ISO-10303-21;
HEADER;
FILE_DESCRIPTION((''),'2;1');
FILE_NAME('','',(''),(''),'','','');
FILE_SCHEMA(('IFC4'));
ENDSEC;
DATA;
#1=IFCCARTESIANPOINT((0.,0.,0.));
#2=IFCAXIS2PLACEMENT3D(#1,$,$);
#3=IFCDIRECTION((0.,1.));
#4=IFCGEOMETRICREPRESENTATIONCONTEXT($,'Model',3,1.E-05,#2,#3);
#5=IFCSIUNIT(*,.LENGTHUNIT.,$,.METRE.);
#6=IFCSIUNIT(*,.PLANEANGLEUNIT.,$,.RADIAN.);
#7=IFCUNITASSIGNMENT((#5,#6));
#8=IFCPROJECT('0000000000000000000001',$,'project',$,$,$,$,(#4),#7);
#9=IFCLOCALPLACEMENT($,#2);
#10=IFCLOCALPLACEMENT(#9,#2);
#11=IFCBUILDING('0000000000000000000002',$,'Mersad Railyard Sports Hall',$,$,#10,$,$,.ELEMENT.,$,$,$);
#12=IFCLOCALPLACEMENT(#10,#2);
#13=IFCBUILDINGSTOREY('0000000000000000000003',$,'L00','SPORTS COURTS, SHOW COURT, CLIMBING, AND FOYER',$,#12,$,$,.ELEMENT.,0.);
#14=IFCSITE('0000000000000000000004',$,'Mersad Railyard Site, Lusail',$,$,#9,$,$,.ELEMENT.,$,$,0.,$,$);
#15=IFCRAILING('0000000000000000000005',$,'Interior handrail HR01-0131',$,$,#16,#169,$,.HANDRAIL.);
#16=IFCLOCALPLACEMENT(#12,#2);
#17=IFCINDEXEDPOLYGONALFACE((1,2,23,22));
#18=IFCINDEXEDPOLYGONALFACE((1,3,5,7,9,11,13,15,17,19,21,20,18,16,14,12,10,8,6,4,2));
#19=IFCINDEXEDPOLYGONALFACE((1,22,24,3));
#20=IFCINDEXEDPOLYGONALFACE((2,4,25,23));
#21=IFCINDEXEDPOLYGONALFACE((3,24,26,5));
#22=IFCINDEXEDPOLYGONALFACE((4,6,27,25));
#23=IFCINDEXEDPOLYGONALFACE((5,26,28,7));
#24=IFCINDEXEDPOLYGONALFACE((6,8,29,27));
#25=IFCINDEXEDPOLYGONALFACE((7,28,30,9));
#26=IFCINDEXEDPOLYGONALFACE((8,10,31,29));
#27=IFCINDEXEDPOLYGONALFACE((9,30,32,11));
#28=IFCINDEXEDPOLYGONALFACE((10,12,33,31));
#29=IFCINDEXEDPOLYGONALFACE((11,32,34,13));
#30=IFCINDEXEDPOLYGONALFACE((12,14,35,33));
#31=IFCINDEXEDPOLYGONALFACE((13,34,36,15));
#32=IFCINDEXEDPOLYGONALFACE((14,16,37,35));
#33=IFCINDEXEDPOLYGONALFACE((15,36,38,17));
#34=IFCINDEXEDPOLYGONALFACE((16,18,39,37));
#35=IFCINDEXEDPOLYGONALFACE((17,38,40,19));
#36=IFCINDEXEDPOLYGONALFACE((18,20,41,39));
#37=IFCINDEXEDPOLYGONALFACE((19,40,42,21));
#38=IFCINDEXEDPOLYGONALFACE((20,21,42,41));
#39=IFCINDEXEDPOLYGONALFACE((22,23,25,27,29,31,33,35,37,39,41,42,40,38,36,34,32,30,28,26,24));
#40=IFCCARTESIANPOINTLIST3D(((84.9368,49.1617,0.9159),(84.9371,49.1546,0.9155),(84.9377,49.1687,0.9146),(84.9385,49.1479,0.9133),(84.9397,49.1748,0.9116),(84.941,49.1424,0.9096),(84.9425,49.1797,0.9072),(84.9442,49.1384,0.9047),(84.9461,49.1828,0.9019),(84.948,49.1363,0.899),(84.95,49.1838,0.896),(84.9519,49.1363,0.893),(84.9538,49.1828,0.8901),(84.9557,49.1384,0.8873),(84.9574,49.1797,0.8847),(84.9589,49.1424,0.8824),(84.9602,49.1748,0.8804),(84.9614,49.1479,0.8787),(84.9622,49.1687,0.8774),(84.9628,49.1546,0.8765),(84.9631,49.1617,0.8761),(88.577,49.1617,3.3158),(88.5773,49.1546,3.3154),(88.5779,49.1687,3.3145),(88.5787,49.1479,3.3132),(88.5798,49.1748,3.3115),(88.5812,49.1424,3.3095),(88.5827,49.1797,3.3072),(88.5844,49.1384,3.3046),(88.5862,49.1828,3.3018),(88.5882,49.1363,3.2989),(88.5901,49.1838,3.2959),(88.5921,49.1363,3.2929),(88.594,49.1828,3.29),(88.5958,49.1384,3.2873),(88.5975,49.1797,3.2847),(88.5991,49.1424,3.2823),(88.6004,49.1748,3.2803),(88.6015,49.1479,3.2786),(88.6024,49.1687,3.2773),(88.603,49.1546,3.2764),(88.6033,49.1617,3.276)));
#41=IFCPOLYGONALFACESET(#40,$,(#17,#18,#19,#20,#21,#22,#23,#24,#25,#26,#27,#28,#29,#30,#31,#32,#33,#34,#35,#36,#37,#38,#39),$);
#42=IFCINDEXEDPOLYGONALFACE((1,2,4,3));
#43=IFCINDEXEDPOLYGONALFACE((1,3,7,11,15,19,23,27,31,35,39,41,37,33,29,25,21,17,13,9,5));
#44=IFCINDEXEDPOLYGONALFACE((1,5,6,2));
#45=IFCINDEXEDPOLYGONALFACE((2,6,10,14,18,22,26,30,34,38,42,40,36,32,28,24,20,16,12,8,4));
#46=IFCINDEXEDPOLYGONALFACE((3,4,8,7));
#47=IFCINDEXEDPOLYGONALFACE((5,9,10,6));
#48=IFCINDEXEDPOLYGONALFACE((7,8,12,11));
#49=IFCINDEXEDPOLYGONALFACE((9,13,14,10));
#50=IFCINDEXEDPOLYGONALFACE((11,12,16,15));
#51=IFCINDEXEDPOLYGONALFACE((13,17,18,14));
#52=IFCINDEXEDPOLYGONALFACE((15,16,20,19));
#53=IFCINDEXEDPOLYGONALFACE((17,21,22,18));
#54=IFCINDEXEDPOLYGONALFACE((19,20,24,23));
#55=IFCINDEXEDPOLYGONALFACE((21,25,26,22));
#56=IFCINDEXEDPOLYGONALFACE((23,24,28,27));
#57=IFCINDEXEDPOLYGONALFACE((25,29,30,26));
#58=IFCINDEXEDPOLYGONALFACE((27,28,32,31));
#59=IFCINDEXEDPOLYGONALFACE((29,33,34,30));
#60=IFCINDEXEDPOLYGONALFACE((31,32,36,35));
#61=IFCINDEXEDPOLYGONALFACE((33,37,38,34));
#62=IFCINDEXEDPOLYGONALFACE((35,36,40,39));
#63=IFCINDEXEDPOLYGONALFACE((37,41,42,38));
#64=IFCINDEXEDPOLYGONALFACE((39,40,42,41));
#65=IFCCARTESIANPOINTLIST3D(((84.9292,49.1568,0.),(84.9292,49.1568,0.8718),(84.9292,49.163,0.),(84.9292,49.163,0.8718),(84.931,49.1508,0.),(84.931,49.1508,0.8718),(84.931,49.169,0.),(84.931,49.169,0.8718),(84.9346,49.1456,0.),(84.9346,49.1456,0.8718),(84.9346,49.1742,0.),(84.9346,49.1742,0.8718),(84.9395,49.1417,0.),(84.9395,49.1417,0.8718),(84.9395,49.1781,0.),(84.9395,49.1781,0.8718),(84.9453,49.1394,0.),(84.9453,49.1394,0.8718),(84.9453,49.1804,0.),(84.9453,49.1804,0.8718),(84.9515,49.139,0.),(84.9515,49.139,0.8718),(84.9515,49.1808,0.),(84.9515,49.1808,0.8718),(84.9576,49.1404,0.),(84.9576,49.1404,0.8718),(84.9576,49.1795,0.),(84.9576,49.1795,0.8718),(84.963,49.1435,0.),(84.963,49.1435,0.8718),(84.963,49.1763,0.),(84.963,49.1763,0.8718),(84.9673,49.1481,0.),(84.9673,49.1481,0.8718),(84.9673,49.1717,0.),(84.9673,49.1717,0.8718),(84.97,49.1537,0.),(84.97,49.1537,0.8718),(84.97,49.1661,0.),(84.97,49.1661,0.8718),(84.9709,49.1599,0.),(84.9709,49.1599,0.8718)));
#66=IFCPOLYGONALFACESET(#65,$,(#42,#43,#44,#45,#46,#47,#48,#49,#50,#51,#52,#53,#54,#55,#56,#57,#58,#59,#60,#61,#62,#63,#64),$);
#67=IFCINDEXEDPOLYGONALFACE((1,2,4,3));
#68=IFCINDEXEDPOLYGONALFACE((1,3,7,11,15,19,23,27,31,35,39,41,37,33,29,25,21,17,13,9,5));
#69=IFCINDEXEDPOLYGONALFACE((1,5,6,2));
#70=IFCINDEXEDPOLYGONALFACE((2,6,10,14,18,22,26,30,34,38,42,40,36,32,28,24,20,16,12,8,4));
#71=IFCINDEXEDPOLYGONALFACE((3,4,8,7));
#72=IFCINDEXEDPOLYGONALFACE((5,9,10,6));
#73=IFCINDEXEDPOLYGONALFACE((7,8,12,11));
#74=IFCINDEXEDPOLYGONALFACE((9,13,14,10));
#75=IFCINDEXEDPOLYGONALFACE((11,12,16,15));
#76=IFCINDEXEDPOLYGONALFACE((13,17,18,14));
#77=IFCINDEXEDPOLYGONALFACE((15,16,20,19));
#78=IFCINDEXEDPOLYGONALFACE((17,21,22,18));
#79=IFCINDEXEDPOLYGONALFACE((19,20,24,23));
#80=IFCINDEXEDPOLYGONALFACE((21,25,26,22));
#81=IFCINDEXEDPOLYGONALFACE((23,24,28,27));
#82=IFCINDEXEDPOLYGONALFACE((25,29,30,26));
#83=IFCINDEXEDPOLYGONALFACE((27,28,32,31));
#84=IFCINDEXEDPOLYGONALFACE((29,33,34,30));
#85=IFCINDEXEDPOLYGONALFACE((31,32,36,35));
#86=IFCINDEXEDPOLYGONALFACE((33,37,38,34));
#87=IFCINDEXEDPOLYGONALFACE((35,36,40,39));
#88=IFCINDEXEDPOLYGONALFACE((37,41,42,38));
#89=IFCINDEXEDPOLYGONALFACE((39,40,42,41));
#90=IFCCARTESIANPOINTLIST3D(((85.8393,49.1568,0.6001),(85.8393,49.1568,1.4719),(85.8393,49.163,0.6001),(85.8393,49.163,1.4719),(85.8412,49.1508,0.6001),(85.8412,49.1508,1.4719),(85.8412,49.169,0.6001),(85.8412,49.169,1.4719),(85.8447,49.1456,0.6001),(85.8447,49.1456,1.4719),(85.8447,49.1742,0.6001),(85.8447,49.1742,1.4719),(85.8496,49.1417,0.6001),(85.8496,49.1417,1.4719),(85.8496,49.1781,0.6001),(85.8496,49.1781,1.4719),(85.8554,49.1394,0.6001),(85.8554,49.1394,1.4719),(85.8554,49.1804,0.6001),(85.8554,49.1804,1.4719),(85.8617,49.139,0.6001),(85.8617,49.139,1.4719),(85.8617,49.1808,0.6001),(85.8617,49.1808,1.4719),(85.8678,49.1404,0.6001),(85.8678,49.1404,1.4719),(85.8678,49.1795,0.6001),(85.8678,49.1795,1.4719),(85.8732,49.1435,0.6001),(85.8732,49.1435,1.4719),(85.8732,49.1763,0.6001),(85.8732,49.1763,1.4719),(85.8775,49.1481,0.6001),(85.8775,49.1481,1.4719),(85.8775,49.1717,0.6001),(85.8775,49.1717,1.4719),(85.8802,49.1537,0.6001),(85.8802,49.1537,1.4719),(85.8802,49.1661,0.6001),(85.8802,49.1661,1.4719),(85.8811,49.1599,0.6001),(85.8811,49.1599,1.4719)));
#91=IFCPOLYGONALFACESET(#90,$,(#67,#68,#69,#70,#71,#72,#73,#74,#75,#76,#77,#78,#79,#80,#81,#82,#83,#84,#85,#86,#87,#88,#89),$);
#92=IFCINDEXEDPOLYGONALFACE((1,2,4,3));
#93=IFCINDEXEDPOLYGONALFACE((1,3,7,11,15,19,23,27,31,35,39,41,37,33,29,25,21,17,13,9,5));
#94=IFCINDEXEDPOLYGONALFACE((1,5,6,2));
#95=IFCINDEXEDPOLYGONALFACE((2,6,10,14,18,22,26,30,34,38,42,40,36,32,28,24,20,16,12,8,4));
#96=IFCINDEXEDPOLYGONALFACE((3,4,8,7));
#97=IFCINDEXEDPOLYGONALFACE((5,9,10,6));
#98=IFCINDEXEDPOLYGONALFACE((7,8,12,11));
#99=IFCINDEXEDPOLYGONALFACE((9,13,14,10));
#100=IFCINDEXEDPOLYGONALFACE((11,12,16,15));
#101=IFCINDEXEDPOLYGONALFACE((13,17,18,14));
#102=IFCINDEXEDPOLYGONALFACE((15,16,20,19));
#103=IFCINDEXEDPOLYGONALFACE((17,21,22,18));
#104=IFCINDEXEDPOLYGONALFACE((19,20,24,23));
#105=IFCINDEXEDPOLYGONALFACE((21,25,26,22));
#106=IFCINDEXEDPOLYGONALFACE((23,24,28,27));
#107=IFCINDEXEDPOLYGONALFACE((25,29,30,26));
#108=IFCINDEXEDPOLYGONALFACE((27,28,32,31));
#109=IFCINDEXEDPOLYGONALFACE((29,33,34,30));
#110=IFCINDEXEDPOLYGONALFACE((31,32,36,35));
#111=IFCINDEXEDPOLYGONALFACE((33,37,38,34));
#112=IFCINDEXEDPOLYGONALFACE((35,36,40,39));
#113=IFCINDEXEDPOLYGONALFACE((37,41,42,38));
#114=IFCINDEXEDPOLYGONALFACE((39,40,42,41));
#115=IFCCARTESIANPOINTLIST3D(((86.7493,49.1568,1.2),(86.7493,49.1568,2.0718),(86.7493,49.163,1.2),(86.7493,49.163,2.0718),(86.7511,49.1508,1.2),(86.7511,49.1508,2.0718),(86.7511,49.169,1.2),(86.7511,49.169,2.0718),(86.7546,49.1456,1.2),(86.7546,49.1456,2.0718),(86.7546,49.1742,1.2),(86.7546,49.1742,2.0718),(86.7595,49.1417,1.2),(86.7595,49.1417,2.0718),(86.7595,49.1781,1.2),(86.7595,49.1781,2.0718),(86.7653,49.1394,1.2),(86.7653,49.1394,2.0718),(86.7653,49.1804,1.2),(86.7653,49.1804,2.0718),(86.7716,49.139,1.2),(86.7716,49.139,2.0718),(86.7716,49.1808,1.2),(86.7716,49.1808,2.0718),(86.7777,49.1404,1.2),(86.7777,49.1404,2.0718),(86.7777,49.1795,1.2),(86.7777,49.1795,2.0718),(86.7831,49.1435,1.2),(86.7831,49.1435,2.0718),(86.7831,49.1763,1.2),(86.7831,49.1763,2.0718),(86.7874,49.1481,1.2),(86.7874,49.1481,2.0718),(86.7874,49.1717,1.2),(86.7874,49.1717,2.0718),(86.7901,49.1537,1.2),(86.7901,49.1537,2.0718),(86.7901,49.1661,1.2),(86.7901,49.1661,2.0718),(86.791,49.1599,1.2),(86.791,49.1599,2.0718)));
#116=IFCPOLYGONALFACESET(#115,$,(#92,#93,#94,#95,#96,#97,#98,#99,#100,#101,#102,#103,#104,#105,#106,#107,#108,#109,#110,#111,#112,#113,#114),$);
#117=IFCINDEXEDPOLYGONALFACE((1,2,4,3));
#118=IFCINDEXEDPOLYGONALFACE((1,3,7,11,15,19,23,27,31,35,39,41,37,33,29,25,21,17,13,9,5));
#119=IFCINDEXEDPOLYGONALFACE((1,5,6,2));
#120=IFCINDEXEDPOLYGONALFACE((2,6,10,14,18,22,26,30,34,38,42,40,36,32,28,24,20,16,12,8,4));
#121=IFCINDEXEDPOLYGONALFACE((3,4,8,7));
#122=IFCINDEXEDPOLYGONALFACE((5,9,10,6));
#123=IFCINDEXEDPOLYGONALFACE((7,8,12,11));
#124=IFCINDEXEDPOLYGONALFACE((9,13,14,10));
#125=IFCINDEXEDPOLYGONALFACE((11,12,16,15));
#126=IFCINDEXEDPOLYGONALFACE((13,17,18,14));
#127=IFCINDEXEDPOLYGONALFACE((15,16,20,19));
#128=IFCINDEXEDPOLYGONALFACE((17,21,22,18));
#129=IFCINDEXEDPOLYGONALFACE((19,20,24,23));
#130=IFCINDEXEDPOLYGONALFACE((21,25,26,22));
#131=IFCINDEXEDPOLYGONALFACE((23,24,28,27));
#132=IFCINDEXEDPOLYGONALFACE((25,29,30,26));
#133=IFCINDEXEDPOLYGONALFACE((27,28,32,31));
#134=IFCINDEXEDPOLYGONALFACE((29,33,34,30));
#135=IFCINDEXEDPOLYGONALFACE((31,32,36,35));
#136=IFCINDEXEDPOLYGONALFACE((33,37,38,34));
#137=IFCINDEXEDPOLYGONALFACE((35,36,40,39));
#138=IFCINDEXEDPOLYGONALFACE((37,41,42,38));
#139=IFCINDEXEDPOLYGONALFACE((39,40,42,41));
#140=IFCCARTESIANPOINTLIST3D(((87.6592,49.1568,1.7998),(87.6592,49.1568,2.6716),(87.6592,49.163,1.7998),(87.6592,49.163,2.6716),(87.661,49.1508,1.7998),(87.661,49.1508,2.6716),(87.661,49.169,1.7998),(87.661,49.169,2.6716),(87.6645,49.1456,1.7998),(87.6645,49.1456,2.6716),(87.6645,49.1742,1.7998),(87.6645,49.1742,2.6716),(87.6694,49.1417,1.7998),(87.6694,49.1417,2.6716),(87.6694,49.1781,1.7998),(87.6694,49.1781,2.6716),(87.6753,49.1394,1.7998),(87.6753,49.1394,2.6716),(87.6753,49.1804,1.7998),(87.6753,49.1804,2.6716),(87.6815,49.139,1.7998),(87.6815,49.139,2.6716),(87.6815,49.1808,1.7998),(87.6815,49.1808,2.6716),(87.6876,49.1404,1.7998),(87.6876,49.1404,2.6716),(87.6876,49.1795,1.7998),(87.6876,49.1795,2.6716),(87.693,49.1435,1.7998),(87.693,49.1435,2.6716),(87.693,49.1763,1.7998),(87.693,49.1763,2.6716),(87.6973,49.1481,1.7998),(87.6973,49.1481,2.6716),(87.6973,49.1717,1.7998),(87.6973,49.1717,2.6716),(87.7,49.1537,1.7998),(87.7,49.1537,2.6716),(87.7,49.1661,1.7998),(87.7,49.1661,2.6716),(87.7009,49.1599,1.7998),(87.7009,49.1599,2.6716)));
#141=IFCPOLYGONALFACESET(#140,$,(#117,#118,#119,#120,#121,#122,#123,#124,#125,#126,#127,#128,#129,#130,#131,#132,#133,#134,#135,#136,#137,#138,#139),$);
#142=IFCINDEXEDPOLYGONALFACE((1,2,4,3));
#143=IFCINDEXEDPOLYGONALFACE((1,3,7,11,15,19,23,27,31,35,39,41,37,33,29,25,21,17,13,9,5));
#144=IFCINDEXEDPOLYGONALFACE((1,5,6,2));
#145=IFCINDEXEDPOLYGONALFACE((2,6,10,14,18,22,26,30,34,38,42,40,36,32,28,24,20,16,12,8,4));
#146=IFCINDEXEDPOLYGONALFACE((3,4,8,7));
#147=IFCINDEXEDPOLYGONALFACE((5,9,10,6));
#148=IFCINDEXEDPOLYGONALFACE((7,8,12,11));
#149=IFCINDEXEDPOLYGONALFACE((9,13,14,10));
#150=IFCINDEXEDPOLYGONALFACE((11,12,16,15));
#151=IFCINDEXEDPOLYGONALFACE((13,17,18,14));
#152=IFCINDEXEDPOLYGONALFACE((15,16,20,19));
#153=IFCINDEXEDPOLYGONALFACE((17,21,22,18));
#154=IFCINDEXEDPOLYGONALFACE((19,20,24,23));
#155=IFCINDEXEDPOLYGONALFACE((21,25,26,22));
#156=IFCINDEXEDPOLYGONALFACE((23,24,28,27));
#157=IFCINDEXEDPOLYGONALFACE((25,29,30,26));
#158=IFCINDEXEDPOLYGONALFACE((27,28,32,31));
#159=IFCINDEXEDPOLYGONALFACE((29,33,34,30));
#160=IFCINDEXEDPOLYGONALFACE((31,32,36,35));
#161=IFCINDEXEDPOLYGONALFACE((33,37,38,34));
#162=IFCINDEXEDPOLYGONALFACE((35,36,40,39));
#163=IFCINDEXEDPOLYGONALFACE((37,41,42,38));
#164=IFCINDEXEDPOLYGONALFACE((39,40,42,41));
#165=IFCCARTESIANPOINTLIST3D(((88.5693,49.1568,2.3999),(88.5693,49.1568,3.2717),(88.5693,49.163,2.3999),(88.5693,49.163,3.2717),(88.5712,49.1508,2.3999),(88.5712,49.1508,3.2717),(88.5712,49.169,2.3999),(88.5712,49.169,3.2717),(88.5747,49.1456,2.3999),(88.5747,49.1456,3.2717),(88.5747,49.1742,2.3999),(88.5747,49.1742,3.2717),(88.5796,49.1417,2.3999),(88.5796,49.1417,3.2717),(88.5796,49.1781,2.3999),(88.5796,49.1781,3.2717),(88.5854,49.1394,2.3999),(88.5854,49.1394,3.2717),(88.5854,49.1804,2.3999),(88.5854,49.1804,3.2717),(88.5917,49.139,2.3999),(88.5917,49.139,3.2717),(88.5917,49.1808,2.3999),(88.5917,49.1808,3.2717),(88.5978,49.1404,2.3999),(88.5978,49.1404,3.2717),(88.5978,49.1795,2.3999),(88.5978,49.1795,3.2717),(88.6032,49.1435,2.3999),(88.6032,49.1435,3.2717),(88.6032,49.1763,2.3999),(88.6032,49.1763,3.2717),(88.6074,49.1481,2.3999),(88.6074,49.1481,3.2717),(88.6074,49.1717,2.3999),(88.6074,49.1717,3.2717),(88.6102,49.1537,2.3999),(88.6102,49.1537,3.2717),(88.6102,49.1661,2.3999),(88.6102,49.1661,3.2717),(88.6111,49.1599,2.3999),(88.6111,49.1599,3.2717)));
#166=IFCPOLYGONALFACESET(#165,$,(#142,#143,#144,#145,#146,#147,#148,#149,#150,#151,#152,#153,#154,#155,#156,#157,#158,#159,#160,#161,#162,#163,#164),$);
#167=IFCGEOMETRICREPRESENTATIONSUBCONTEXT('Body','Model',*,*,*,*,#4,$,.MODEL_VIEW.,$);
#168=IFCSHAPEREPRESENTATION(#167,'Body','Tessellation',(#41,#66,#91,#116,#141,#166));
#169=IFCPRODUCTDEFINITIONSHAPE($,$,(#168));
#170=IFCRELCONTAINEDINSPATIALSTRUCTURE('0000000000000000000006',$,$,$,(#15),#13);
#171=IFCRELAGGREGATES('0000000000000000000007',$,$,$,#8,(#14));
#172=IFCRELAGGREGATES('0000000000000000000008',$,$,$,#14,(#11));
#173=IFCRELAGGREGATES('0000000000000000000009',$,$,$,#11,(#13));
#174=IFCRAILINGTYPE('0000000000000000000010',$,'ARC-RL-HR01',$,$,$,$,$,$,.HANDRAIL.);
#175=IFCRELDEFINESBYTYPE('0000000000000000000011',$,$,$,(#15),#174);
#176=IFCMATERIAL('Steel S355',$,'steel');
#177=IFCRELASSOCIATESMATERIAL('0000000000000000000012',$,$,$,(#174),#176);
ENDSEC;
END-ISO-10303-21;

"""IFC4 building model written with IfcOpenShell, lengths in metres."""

from ifc_helpers import new_model, si_unit, direction, frame, origin, origin_2d, place, context, subcontext, project, spatial, circle, extrude, material, type_object, element, save


model = new_model("IFC4")

# Units and contexts
model_context = context("Model", 3, precision=1e-05, world=origin(), true_north=direction((0.0, 1.0)))
body_context = subcontext(model_context, "Body", "Model", "MODEL_VIEW")
ifc_project = project(units=[si_unit("LENGTHUNIT", "METRE"), si_unit("PLANEANGLEUNIT", "RADIAN")], contexts=[model_context])

# Site, building, storey
site_placement = place(None, origin())
site = spatial("IfcSite", under=ifc_project, at=site_placement, Name="Mersad Railyard Site, Lusail", CompositionType="ELEMENT", RefElevation=0.0)
building_placement = place(site_placement, origin())
building = spatial("IfcBuilding", under=site, at=building_placement, Name="Mersad Railyard Sports Hall", CompositionType="ELEMENT")
storey_placement = place(building_placement, origin())
storey = spatial("IfcBuildingStorey", under=building, at=storey_placement, Name="L00", Description="SPORTS COURTS, SHOW COURT, CLIMBING, AND FOYER", CompositionType="ELEMENT", Elevation=0.0)

# Shared definitions
ifc_material_1 = material(Name="Steel S355", Category="steel")

# Railing
railing_type_1 = type_object("IfcRailingType", Name="ARC-RL-HR01", PredefinedType="HANDRAIL", material=ifc_material_1)
railing_1_placement = place(storey_placement, frame((84.95, 49.1599, 0.0)))
element("IfcRailing", 1, at=railing_1_placement, inside=storey, type_object=railing_type_1, Name="Interior handrail HR01-0131", PredefinedType="HANDRAIL", context=body_context, shape_type="SweptSolid", body=[
    extrude(circle(Radius=0.0239, at=origin_2d()), frame((0.0, 0.0, 0.896), z_axis=(0.834882, 0.0, 0.550429), x_axis=(0.0, 1.0, 0.0)), (0.0, 0.0, 1.0), 4.3601),
    extrude(circle(Radius=0.021, at=origin_2d()), origin(), (0.0, 0.0, 1.0), 0.8718),
    extrude(circle(Radius=0.021, at=origin_2d()), frame((0.9102, 0.0, 0.6001)), (0.0, 0.0, 1.0), 0.8718),
    extrude(circle(Radius=0.021, at=origin_2d()), frame((1.8201, 0.0, 1.2)), (0.0, 0.0, 1.0), 0.8718),
    extrude(circle(Radius=0.021, at=origin_2d()), frame((2.73, 0.0, 1.7998)), (0.0, 0.0, 1.0), 0.8718),
    extrude(circle(Radius=0.021, at=origin_2d()), frame((3.6401, 0.0, 2.3999)), (0.0, 0.0, 1.0), 0.8718),
])

save(model, "model.ifc")
